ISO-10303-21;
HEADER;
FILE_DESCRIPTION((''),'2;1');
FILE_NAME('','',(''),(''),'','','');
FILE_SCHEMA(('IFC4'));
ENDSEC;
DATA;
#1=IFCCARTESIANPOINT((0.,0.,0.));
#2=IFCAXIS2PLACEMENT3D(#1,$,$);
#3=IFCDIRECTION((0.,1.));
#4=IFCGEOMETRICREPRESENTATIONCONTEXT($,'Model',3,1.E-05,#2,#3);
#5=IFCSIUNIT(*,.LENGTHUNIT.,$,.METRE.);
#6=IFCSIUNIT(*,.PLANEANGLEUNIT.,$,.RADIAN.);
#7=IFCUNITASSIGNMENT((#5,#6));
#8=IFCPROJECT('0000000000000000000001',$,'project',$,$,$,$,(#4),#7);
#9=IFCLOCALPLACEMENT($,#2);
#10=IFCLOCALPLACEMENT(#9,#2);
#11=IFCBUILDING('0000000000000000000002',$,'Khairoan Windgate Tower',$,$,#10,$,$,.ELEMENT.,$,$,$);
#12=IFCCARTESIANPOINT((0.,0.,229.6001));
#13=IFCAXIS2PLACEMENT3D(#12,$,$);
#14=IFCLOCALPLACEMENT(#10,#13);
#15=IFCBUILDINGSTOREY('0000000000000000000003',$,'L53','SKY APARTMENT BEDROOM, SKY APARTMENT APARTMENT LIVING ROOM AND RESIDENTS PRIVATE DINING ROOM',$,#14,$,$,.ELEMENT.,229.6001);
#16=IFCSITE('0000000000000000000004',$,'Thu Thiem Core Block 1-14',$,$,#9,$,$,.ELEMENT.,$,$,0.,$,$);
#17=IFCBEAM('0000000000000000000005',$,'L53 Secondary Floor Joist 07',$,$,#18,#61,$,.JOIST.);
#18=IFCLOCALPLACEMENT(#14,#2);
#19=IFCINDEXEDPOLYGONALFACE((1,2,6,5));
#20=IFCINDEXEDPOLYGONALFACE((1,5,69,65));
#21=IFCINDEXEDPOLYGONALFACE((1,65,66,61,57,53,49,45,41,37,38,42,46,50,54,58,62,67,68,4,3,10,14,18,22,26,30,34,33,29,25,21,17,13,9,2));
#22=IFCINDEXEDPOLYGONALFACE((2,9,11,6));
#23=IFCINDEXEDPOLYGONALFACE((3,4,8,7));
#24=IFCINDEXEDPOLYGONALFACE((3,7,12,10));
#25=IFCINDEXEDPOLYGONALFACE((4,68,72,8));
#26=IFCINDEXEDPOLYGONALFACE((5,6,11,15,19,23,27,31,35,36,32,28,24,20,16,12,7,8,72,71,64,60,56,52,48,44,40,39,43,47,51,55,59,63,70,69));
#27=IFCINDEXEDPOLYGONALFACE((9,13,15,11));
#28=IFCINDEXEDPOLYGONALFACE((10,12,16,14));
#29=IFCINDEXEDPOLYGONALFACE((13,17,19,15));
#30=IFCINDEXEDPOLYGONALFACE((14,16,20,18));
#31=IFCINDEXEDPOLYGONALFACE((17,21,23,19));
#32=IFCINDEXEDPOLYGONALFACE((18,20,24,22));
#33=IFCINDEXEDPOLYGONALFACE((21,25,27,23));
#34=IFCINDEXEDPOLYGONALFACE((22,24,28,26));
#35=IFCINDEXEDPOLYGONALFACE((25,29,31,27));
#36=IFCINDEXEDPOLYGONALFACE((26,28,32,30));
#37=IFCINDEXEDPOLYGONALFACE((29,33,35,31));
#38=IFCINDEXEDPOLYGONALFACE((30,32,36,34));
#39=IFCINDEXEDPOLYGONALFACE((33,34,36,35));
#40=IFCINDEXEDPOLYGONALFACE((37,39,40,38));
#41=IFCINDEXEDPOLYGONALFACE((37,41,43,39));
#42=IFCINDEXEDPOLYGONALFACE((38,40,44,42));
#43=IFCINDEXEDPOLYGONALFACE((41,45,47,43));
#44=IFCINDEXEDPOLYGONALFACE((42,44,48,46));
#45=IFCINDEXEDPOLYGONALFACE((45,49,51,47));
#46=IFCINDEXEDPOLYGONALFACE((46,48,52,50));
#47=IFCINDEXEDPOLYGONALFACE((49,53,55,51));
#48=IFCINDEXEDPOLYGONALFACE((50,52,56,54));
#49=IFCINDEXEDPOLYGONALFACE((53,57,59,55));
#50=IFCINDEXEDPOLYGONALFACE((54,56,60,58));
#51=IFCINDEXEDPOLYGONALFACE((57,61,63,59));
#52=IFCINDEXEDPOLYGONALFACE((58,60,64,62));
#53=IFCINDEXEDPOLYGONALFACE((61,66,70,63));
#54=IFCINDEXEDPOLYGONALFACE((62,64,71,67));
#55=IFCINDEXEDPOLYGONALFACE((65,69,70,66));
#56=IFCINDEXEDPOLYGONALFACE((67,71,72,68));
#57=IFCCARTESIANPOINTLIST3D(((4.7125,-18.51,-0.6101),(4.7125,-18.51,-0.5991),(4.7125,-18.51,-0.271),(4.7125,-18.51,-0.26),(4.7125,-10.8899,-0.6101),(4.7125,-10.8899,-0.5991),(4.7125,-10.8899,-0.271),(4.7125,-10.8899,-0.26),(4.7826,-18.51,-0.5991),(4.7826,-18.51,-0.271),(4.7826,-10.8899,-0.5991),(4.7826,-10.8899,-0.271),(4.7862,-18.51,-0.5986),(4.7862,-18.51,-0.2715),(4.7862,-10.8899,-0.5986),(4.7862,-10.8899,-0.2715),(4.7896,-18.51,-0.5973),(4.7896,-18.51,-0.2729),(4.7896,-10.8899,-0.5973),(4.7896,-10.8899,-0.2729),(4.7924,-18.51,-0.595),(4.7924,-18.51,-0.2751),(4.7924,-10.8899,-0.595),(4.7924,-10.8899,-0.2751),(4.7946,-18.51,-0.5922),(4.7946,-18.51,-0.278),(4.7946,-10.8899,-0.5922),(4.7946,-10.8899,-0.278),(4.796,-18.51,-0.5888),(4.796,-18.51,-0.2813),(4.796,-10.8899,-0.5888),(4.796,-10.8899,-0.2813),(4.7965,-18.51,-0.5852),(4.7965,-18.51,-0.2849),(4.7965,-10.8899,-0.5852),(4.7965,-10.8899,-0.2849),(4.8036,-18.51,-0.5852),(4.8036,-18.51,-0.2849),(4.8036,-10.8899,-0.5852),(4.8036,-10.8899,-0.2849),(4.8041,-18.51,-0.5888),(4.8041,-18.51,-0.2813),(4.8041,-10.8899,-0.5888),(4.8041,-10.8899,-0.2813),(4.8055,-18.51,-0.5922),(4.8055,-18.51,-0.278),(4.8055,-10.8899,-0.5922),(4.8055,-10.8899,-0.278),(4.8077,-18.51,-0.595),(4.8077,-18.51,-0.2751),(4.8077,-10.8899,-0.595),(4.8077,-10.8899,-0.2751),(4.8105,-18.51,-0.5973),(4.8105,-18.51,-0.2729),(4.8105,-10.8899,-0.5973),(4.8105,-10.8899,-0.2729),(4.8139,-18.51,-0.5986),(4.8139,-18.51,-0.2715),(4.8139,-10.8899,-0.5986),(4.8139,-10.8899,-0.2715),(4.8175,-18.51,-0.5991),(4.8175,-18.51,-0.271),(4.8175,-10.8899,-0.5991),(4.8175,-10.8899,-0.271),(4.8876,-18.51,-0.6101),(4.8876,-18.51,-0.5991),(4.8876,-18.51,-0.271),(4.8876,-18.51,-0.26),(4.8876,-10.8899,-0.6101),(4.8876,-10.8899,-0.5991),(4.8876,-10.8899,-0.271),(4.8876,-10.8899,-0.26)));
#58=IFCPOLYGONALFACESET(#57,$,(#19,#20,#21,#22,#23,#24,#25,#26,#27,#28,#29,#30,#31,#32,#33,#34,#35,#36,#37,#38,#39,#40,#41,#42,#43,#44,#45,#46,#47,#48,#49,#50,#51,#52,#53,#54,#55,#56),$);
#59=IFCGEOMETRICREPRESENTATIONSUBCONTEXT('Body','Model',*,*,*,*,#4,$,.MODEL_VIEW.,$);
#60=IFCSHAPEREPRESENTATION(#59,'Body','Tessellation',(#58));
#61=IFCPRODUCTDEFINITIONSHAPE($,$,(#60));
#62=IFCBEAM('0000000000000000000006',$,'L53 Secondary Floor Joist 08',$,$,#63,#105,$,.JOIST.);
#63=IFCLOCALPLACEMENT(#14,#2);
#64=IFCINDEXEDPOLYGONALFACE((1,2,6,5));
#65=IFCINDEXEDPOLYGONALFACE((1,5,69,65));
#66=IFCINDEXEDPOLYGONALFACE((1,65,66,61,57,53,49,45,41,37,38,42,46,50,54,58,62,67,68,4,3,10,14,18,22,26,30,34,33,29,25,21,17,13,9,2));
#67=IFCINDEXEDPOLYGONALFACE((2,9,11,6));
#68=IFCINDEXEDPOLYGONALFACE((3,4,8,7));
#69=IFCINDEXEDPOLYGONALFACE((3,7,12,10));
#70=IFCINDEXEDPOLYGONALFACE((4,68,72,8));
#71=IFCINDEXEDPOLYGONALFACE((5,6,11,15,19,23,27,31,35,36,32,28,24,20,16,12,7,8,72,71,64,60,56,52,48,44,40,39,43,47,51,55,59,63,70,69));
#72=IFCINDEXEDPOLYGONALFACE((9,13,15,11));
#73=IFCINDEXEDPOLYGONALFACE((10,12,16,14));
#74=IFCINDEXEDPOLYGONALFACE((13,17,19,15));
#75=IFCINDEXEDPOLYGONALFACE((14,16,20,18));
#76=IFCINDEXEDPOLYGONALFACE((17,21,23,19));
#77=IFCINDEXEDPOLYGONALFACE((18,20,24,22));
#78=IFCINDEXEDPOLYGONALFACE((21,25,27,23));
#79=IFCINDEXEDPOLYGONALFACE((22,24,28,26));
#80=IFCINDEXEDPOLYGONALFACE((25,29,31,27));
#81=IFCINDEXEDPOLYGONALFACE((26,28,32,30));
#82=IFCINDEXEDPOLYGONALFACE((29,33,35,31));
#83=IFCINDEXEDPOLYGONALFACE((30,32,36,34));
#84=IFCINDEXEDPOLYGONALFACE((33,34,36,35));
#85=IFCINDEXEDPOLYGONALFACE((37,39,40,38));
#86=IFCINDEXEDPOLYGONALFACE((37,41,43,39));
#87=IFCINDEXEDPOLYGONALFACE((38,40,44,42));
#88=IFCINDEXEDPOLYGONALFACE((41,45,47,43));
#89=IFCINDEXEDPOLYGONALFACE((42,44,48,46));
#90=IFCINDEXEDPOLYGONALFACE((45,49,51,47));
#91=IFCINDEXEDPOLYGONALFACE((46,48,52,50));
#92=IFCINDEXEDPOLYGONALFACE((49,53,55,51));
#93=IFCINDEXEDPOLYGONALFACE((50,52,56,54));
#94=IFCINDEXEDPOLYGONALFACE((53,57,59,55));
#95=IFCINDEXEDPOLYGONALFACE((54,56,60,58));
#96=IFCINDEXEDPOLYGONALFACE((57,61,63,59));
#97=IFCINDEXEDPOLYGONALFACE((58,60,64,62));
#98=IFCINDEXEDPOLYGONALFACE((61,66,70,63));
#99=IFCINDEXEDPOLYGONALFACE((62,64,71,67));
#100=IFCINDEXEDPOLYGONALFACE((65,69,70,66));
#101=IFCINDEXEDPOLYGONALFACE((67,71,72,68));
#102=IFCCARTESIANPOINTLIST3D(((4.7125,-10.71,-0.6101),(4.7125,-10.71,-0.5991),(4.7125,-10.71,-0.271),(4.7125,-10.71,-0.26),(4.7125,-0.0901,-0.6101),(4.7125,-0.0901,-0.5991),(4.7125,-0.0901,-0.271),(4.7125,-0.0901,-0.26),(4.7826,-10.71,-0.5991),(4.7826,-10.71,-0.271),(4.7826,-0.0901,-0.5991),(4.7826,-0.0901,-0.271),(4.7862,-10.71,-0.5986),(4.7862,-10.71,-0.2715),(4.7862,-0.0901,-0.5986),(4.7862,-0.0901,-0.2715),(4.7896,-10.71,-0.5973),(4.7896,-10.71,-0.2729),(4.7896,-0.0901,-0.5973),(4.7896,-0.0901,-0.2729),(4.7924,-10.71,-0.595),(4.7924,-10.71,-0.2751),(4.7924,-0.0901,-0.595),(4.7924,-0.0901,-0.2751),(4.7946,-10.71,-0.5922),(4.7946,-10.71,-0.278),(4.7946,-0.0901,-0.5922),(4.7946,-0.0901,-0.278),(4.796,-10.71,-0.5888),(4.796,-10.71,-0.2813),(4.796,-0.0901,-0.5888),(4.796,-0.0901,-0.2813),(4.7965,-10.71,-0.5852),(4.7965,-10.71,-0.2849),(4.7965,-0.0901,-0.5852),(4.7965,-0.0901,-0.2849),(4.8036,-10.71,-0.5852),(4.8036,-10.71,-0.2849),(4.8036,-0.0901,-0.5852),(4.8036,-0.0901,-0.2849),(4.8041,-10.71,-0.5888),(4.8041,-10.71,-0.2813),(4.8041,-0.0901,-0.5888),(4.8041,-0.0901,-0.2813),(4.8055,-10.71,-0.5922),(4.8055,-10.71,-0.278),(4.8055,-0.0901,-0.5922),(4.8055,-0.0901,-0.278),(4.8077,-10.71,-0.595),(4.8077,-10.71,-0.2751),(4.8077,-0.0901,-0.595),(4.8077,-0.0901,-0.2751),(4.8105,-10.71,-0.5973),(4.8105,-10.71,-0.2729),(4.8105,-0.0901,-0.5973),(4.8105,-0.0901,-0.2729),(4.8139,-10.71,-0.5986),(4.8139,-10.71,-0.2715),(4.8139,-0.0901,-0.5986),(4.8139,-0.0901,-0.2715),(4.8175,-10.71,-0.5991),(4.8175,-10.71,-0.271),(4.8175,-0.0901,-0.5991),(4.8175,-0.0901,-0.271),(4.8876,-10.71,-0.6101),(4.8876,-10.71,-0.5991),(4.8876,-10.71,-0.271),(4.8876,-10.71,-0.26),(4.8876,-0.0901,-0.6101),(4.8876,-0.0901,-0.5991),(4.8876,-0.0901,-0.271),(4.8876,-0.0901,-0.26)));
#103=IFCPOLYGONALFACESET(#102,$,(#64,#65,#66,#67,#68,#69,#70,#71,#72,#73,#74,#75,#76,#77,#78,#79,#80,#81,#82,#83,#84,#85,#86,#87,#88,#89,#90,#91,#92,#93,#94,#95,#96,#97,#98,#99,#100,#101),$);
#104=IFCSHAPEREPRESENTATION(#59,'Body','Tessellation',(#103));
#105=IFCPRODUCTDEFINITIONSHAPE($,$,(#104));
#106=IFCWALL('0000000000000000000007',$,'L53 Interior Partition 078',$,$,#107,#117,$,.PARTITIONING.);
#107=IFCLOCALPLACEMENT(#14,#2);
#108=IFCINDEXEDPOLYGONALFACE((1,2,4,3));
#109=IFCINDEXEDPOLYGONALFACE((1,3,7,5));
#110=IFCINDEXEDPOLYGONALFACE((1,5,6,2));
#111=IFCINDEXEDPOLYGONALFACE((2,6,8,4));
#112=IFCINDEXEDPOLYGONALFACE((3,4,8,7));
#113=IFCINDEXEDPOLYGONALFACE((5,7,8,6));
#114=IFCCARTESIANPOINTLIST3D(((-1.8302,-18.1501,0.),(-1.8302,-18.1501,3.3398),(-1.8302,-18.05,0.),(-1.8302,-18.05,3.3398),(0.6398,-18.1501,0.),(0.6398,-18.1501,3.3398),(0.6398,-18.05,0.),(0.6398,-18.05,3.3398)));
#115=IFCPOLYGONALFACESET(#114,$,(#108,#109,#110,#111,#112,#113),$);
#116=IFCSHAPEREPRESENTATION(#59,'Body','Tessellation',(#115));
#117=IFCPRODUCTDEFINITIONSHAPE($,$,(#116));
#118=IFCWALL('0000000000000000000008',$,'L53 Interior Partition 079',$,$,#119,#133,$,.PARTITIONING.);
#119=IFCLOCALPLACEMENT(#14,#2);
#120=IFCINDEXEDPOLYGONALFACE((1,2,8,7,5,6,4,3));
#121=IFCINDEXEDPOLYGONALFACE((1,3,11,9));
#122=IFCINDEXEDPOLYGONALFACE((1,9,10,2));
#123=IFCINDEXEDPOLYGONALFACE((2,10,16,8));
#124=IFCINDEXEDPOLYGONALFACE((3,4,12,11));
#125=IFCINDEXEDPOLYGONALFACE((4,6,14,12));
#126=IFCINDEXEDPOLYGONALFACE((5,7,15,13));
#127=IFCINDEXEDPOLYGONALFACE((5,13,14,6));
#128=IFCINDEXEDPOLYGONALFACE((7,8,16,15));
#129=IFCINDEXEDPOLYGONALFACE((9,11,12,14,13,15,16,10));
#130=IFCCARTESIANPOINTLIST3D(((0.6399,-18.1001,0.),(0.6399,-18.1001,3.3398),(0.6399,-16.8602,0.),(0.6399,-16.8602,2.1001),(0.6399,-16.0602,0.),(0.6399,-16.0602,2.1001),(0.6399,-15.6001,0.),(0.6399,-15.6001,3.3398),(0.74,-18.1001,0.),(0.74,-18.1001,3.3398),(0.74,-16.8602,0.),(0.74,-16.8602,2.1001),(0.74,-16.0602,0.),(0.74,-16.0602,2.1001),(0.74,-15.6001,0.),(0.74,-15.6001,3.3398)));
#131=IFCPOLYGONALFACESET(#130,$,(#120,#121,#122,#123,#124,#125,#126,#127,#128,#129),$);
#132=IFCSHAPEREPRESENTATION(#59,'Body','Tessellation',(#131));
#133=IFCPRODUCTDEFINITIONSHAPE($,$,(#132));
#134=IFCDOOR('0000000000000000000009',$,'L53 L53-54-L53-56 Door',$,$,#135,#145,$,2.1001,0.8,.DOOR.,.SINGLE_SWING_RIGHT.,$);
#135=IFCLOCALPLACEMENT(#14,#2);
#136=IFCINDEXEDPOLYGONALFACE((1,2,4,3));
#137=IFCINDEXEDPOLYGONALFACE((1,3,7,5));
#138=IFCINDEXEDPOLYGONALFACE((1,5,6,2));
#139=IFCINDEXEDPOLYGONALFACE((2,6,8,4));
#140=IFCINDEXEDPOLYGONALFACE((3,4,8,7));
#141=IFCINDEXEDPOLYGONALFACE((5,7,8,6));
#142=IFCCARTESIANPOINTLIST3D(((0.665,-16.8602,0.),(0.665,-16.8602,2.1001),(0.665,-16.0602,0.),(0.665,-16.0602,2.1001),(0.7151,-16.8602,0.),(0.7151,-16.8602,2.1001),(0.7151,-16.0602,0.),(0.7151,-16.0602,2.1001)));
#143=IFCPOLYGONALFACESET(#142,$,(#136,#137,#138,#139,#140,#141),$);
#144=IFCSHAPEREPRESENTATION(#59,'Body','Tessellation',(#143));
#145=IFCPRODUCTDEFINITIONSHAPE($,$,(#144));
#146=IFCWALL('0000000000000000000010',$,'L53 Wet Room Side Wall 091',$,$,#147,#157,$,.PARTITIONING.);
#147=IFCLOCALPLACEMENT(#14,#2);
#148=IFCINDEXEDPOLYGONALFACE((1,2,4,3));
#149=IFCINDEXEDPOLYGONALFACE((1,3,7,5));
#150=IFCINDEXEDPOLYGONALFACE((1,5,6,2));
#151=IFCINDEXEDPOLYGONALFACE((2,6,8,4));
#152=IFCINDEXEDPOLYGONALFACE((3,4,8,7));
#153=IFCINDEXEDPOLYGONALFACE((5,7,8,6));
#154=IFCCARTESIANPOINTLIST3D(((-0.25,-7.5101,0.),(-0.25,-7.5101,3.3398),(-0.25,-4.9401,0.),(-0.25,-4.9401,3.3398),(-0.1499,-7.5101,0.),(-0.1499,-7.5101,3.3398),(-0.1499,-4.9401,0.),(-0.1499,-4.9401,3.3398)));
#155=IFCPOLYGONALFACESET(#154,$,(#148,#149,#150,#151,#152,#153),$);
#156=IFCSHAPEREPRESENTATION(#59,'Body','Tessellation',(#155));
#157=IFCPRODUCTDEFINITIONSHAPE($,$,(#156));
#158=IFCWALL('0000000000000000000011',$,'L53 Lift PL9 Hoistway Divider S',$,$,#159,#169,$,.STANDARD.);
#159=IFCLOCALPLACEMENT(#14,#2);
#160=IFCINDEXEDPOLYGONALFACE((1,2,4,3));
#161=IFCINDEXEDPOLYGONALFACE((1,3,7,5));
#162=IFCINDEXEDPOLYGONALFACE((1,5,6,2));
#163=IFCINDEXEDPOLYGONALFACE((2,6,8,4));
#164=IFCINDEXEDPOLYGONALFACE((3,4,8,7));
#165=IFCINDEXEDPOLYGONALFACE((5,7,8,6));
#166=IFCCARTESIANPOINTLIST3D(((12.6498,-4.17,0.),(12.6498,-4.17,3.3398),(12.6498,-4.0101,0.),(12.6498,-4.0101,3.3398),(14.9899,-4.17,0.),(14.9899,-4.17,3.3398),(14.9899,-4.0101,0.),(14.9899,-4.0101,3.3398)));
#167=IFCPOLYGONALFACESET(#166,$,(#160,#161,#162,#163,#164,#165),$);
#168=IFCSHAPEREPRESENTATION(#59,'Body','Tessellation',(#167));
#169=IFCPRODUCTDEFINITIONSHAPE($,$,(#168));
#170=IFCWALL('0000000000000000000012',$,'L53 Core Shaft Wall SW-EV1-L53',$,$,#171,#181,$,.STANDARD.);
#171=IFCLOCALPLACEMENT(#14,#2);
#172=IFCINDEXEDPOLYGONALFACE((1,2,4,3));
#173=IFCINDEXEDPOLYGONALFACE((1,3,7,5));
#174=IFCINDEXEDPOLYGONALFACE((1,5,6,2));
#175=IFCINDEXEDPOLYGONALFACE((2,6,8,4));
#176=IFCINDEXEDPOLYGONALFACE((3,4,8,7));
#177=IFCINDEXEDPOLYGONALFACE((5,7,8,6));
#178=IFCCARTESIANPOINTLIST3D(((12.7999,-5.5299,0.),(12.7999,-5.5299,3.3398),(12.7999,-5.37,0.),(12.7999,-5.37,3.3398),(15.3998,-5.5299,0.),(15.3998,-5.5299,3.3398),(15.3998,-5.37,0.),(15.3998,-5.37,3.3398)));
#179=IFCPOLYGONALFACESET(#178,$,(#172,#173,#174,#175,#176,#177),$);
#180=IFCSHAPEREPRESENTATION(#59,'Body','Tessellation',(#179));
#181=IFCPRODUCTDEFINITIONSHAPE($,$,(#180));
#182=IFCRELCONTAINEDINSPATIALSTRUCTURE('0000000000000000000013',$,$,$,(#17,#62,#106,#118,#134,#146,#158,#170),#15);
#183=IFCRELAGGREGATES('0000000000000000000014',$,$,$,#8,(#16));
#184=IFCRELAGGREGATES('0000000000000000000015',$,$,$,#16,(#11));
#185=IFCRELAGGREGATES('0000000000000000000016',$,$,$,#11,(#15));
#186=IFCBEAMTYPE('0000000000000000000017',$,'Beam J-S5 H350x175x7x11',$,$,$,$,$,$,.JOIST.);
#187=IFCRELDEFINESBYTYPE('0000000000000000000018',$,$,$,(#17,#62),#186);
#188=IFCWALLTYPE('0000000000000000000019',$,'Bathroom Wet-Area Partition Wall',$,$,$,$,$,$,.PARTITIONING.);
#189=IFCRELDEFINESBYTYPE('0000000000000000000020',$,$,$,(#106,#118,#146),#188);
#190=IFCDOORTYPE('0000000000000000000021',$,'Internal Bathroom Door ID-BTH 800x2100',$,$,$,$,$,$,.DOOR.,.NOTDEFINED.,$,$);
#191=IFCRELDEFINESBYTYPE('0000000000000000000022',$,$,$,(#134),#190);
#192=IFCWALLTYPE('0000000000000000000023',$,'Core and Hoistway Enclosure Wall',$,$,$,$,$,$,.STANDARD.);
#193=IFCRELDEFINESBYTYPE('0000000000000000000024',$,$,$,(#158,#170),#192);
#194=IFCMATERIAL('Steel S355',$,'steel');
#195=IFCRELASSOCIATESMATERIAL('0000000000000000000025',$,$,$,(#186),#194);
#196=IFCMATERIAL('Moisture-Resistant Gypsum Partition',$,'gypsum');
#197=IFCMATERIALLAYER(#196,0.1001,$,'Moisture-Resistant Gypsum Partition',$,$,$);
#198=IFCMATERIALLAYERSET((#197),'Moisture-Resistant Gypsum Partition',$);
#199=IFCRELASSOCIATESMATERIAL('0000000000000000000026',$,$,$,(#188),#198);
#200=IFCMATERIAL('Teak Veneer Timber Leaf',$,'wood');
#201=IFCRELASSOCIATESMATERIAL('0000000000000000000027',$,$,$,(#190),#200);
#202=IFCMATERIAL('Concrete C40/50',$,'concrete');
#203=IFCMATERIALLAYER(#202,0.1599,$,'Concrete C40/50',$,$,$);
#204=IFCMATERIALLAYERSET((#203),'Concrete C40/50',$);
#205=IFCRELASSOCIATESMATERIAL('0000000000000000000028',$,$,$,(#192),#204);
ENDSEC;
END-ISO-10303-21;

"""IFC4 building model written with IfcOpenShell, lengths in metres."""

from ifc_helpers import new_model, si_unit, direction, frame, frame_2d, origin, origin_2d, place, context, subcontext, project, spatial, rectangle, i_section, extrude, material, layer, layer_set, material_profile, profile_set, type_object, element, fill, save


model = new_model("IFC4")

# Units and contexts
model_context = context("Model", 3, precision=1e-05, world=origin(), true_north=direction((0.0, 1.0)))
body_context = subcontext(model_context, "Body", "Model", "MODEL_VIEW")
ifc_project = project(units=[si_unit("LENGTHUNIT", "METRE"), si_unit("PLANEANGLEUNIT", "RADIAN")], contexts=[model_context])

# Site, building, storey
site_placement = place(None, origin())
site = spatial("IfcSite", under=ifc_project, at=site_placement, Name="Thu Thiem Core Block 1-14", CompositionType="ELEMENT", RefElevation=0.0)
building_placement = place(site_placement, origin())
building = spatial("IfcBuilding", under=site, at=building_placement, Name="Khairoan Windgate Tower", CompositionType="ELEMENT")
storey_placement = place(building_placement, frame((0.0, 0.0, 229.6001)))
storey = spatial("IfcBuildingStorey", under=building, at=storey_placement, Name="L53", Description="SKY APARTMENT BEDROOM, SKY APARTMENT APARTMENT LIVING ROOM AND RESIDENTS PRIVATE DINING ROOM", CompositionType="ELEMENT", Elevation=229.6001)

# Beams
ifc_material_1 = material(Name="Steel S355", Category="steel")
ifc_material_profile_1 = material_profile(ifc_material_1, i_section(OverallWidth=0.175, OverallDepth=0.3501, WebThickness=0.0071, FlangeThickness=0.011, FilletRadius=0.0139, at=origin_2d()))
ifc_profile_set_1 = profile_set([ifc_material_profile_1], Name="Steel S355")
beam_type_1 = type_object("IfcBeamType", Name="Beam J-S5 H350x175x7x11", PredefinedType="JOIST", material=ifc_profile_set_1)
beam_1_placement = place(storey_placement, frame((4.8, -18.51, -0.4351), z_axis=(0.0, 1.0, 0.0), x_axis=(-1.0, 0.0, 0.0)))
element("IfcBeam", 1, at=beam_1_placement, inside=storey, type_object=beam_type_1, Name="L53 Secondary Floor Joist 07", PredefinedType="JOIST", context=body_context, shape_type="SweptSolid", body=[
    extrude(i_section(OverallWidth=0.175, OverallDepth=0.3501, WebThickness=0.0071, FlangeThickness=0.011, FilletRadius=0.0139, at=origin_2d()), origin(), (0.0, 0.0, 1.0), 7.6201),
])
beam_2_placement = place(storey_placement, frame((4.8, -10.71, -0.4351), z_axis=(0.0, 1.0, 0.0), x_axis=(-1.0, 0.0, 0.0)))
element("IfcBeam", 2, at=beam_2_placement, inside=storey, type_object=beam_type_1, Name="L53 Secondary Floor Joist 08", PredefinedType="JOIST", context=body_context, shape_type="SweptSolid", body=[
    extrude(i_section(OverallWidth=0.175, OverallDepth=0.3501, WebThickness=0.0071, FlangeThickness=0.011, FilletRadius=0.0139, at=origin_2d()), origin(), (0.0, 0.0, 1.0), 10.6199),
])

# Wall
ifc_material_2 = material(Name="Moisture-Resistant Gypsum Partition", Category="gypsum")
ifc_layer_1 = layer(ifc_material_2, 0.1001, Name="Moisture-Resistant Gypsum Partition")
ifc_layer_set_1 = layer_set([ifc_layer_1], Name="Moisture-Resistant Gypsum Partition")
wall_type_1 = type_object("IfcWallType", Name="Bathroom Wet-Area Partition Wall", PredefinedType="PARTITIONING", material=ifc_layer_set_1)
wall_1_placement = place(storey_placement, frame((-1.8301, -18.1001, 0.0), z_axis=(0.0, 0.0, 1.0), x_axis=(1.0, 0.0, 0.0)))
element("IfcWall", 3, at=wall_1_placement, inside=storey, type_object=wall_type_1, Name="L53 Interior Partition 078", PredefinedType="PARTITIONING", context=body_context, shape_type="SweptSolid", body=[
    extrude(rectangle(XDim=2.47, YDim=0.1001, at=frame_2d((1.2349, 0.0))), origin(), (0.0, 0.0, 1.0), 3.3398),
])

# Wall, opening, door
wall_2_placement = place(storey_placement, frame((0.6899, -18.1001, 0.0), z_axis=(0.0, 0.0, 1.0), x_axis=(0.0, 1.0, 0.0)))
wall_2 = element("IfcWall", 4, at=wall_2_placement, inside=storey, type_object=wall_type_1, Name="L53 Interior Partition 079", PredefinedType="PARTITIONING", context=body_context, shape_type="SweptSolid", body=[
    extrude(rectangle(XDim=2.5, YDim=0.1001, at=frame_2d((1.25, 0.0))), origin(), (0.0, 0.0, 1.0), 3.3398),
])
opening_1_placement = place(wall_2_placement, frame((1.24, 0.0, 0.0)))
opening_1 = element("IfcOpeningElement", 5, at=opening_1_placement, cuts=wall_2, PredefinedType="OPENING", context=body_context, shape_type="SweptSolid", body=[
    extrude(rectangle(XDim=0.8, YDim=2.1001, at=frame_2d((0.3999, 1.05))), frame((0.0, 0.0601, 0.0), z_axis=(0.0, -1.0, 0.0), x_axis=(1.0, 0.0, 0.0)), (0.0, 0.0, 1.0), 0.1201),
])
ifc_material_3 = material(Name="Teak Veneer Timber Leaf", Category="wood")
door_type_1 = type_object("IfcDoorType", Name="Internal Bathroom Door ID-BTH 800x2100", OperationType="NOTDEFINED", PredefinedType="DOOR", material=ifc_material_3)
door_1_placement = place(opening_1_placement, origin())
door_1 = element("IfcDoor", 6, at=door_1_placement, inside=storey, type_object=door_type_1, Name="L53 L53-54-L53-56 Door", OperationType="SINGLE_SWING_RIGHT", OverallHeight=2.1001, OverallWidth=0.8, PredefinedType="DOOR", context=body_context, shape_type="SweptSolid", body=[
    extrude(rectangle(XDim=0.8, YDim=2.1001, at=frame_2d((0.3999, 1.05))), frame((0.0, 0.0249, 0.0), z_axis=(0.0, -1.0, 0.0), x_axis=(1.0, 0.0, 0.0)), (0.0, 0.0, 1.0), 0.05),
])
fill(opening_1, door_1)

# Walls
wall_3_placement = place(storey_placement, frame((-0.2, -4.9399, 0.0), z_axis=(0.0, 0.0, 1.0), x_axis=(0.0, -1.0, 0.0)))
element("IfcWall", 7, at=wall_3_placement, inside=storey, type_object=wall_type_1, Name="L53 Wet Room Side Wall 091", PredefinedType="PARTITIONING", context=body_context, shape_type="SweptSolid", body=[
    extrude(rectangle(XDim=2.5701, YDim=0.1001, at=frame_2d((1.2852, 0.0))), origin(), (0.0, 0.0, 1.0), 3.3398),
])
ifc_material_4 = material(Name="Concrete C40/50", Category="concrete")
ifc_layer_2 = layer(ifc_material_4, 0.1599, Name="Concrete C40/50")
ifc_layer_set_2 = layer_set([ifc_layer_2], Name="Concrete C40/50")
wall_type_2 = type_object("IfcWallType", Name="Core and Hoistway Enclosure Wall", PredefinedType="STANDARD", material=ifc_layer_set_2)
wall_4_placement = place(storey_placement, frame((12.6499, -4.0901, 0.0), z_axis=(0.0, 0.0, 1.0), x_axis=(1.0, 0.0, 0.0)))
element("IfcWall", 8, at=wall_4_placement, inside=storey, type_object=wall_type_2, Name="L53 Lift PL9 Hoistway Divider S", PredefinedType="STANDARD", context=body_context, shape_type="SweptSolid", body=[
    extrude(rectangle(XDim=2.3401, YDim=0.1599, at=frame_2d((1.1699, 0.0))), origin(), (0.0, 0.0, 1.0), 3.3398),
])
for number, where, z_axis, x_axis, name in (
    (9, (12.8, -5.45, 0.0), (0.0, 0.0, 1.0), (1.0, 0.0, 0.0), "L53 Core Shaft Wall SW-EV1-L53"),
):
    element("IfcWall", number, at=place(storey_placement, frame(where, z_axis=z_axis, x_axis=x_axis)), inside=storey, type_object=wall_type_2, Name=name, PredefinedType="STANDARD", context=body_context, shape_type="SweptSolid", body=[
        extrude(rectangle(XDim=2.5999, YDim=0.1599, at=frame_2d((1.2998, 0.0))), origin(), (0.0, 0.0, 1.0), 3.3398),
    ])

save(model, "model.ifc")
